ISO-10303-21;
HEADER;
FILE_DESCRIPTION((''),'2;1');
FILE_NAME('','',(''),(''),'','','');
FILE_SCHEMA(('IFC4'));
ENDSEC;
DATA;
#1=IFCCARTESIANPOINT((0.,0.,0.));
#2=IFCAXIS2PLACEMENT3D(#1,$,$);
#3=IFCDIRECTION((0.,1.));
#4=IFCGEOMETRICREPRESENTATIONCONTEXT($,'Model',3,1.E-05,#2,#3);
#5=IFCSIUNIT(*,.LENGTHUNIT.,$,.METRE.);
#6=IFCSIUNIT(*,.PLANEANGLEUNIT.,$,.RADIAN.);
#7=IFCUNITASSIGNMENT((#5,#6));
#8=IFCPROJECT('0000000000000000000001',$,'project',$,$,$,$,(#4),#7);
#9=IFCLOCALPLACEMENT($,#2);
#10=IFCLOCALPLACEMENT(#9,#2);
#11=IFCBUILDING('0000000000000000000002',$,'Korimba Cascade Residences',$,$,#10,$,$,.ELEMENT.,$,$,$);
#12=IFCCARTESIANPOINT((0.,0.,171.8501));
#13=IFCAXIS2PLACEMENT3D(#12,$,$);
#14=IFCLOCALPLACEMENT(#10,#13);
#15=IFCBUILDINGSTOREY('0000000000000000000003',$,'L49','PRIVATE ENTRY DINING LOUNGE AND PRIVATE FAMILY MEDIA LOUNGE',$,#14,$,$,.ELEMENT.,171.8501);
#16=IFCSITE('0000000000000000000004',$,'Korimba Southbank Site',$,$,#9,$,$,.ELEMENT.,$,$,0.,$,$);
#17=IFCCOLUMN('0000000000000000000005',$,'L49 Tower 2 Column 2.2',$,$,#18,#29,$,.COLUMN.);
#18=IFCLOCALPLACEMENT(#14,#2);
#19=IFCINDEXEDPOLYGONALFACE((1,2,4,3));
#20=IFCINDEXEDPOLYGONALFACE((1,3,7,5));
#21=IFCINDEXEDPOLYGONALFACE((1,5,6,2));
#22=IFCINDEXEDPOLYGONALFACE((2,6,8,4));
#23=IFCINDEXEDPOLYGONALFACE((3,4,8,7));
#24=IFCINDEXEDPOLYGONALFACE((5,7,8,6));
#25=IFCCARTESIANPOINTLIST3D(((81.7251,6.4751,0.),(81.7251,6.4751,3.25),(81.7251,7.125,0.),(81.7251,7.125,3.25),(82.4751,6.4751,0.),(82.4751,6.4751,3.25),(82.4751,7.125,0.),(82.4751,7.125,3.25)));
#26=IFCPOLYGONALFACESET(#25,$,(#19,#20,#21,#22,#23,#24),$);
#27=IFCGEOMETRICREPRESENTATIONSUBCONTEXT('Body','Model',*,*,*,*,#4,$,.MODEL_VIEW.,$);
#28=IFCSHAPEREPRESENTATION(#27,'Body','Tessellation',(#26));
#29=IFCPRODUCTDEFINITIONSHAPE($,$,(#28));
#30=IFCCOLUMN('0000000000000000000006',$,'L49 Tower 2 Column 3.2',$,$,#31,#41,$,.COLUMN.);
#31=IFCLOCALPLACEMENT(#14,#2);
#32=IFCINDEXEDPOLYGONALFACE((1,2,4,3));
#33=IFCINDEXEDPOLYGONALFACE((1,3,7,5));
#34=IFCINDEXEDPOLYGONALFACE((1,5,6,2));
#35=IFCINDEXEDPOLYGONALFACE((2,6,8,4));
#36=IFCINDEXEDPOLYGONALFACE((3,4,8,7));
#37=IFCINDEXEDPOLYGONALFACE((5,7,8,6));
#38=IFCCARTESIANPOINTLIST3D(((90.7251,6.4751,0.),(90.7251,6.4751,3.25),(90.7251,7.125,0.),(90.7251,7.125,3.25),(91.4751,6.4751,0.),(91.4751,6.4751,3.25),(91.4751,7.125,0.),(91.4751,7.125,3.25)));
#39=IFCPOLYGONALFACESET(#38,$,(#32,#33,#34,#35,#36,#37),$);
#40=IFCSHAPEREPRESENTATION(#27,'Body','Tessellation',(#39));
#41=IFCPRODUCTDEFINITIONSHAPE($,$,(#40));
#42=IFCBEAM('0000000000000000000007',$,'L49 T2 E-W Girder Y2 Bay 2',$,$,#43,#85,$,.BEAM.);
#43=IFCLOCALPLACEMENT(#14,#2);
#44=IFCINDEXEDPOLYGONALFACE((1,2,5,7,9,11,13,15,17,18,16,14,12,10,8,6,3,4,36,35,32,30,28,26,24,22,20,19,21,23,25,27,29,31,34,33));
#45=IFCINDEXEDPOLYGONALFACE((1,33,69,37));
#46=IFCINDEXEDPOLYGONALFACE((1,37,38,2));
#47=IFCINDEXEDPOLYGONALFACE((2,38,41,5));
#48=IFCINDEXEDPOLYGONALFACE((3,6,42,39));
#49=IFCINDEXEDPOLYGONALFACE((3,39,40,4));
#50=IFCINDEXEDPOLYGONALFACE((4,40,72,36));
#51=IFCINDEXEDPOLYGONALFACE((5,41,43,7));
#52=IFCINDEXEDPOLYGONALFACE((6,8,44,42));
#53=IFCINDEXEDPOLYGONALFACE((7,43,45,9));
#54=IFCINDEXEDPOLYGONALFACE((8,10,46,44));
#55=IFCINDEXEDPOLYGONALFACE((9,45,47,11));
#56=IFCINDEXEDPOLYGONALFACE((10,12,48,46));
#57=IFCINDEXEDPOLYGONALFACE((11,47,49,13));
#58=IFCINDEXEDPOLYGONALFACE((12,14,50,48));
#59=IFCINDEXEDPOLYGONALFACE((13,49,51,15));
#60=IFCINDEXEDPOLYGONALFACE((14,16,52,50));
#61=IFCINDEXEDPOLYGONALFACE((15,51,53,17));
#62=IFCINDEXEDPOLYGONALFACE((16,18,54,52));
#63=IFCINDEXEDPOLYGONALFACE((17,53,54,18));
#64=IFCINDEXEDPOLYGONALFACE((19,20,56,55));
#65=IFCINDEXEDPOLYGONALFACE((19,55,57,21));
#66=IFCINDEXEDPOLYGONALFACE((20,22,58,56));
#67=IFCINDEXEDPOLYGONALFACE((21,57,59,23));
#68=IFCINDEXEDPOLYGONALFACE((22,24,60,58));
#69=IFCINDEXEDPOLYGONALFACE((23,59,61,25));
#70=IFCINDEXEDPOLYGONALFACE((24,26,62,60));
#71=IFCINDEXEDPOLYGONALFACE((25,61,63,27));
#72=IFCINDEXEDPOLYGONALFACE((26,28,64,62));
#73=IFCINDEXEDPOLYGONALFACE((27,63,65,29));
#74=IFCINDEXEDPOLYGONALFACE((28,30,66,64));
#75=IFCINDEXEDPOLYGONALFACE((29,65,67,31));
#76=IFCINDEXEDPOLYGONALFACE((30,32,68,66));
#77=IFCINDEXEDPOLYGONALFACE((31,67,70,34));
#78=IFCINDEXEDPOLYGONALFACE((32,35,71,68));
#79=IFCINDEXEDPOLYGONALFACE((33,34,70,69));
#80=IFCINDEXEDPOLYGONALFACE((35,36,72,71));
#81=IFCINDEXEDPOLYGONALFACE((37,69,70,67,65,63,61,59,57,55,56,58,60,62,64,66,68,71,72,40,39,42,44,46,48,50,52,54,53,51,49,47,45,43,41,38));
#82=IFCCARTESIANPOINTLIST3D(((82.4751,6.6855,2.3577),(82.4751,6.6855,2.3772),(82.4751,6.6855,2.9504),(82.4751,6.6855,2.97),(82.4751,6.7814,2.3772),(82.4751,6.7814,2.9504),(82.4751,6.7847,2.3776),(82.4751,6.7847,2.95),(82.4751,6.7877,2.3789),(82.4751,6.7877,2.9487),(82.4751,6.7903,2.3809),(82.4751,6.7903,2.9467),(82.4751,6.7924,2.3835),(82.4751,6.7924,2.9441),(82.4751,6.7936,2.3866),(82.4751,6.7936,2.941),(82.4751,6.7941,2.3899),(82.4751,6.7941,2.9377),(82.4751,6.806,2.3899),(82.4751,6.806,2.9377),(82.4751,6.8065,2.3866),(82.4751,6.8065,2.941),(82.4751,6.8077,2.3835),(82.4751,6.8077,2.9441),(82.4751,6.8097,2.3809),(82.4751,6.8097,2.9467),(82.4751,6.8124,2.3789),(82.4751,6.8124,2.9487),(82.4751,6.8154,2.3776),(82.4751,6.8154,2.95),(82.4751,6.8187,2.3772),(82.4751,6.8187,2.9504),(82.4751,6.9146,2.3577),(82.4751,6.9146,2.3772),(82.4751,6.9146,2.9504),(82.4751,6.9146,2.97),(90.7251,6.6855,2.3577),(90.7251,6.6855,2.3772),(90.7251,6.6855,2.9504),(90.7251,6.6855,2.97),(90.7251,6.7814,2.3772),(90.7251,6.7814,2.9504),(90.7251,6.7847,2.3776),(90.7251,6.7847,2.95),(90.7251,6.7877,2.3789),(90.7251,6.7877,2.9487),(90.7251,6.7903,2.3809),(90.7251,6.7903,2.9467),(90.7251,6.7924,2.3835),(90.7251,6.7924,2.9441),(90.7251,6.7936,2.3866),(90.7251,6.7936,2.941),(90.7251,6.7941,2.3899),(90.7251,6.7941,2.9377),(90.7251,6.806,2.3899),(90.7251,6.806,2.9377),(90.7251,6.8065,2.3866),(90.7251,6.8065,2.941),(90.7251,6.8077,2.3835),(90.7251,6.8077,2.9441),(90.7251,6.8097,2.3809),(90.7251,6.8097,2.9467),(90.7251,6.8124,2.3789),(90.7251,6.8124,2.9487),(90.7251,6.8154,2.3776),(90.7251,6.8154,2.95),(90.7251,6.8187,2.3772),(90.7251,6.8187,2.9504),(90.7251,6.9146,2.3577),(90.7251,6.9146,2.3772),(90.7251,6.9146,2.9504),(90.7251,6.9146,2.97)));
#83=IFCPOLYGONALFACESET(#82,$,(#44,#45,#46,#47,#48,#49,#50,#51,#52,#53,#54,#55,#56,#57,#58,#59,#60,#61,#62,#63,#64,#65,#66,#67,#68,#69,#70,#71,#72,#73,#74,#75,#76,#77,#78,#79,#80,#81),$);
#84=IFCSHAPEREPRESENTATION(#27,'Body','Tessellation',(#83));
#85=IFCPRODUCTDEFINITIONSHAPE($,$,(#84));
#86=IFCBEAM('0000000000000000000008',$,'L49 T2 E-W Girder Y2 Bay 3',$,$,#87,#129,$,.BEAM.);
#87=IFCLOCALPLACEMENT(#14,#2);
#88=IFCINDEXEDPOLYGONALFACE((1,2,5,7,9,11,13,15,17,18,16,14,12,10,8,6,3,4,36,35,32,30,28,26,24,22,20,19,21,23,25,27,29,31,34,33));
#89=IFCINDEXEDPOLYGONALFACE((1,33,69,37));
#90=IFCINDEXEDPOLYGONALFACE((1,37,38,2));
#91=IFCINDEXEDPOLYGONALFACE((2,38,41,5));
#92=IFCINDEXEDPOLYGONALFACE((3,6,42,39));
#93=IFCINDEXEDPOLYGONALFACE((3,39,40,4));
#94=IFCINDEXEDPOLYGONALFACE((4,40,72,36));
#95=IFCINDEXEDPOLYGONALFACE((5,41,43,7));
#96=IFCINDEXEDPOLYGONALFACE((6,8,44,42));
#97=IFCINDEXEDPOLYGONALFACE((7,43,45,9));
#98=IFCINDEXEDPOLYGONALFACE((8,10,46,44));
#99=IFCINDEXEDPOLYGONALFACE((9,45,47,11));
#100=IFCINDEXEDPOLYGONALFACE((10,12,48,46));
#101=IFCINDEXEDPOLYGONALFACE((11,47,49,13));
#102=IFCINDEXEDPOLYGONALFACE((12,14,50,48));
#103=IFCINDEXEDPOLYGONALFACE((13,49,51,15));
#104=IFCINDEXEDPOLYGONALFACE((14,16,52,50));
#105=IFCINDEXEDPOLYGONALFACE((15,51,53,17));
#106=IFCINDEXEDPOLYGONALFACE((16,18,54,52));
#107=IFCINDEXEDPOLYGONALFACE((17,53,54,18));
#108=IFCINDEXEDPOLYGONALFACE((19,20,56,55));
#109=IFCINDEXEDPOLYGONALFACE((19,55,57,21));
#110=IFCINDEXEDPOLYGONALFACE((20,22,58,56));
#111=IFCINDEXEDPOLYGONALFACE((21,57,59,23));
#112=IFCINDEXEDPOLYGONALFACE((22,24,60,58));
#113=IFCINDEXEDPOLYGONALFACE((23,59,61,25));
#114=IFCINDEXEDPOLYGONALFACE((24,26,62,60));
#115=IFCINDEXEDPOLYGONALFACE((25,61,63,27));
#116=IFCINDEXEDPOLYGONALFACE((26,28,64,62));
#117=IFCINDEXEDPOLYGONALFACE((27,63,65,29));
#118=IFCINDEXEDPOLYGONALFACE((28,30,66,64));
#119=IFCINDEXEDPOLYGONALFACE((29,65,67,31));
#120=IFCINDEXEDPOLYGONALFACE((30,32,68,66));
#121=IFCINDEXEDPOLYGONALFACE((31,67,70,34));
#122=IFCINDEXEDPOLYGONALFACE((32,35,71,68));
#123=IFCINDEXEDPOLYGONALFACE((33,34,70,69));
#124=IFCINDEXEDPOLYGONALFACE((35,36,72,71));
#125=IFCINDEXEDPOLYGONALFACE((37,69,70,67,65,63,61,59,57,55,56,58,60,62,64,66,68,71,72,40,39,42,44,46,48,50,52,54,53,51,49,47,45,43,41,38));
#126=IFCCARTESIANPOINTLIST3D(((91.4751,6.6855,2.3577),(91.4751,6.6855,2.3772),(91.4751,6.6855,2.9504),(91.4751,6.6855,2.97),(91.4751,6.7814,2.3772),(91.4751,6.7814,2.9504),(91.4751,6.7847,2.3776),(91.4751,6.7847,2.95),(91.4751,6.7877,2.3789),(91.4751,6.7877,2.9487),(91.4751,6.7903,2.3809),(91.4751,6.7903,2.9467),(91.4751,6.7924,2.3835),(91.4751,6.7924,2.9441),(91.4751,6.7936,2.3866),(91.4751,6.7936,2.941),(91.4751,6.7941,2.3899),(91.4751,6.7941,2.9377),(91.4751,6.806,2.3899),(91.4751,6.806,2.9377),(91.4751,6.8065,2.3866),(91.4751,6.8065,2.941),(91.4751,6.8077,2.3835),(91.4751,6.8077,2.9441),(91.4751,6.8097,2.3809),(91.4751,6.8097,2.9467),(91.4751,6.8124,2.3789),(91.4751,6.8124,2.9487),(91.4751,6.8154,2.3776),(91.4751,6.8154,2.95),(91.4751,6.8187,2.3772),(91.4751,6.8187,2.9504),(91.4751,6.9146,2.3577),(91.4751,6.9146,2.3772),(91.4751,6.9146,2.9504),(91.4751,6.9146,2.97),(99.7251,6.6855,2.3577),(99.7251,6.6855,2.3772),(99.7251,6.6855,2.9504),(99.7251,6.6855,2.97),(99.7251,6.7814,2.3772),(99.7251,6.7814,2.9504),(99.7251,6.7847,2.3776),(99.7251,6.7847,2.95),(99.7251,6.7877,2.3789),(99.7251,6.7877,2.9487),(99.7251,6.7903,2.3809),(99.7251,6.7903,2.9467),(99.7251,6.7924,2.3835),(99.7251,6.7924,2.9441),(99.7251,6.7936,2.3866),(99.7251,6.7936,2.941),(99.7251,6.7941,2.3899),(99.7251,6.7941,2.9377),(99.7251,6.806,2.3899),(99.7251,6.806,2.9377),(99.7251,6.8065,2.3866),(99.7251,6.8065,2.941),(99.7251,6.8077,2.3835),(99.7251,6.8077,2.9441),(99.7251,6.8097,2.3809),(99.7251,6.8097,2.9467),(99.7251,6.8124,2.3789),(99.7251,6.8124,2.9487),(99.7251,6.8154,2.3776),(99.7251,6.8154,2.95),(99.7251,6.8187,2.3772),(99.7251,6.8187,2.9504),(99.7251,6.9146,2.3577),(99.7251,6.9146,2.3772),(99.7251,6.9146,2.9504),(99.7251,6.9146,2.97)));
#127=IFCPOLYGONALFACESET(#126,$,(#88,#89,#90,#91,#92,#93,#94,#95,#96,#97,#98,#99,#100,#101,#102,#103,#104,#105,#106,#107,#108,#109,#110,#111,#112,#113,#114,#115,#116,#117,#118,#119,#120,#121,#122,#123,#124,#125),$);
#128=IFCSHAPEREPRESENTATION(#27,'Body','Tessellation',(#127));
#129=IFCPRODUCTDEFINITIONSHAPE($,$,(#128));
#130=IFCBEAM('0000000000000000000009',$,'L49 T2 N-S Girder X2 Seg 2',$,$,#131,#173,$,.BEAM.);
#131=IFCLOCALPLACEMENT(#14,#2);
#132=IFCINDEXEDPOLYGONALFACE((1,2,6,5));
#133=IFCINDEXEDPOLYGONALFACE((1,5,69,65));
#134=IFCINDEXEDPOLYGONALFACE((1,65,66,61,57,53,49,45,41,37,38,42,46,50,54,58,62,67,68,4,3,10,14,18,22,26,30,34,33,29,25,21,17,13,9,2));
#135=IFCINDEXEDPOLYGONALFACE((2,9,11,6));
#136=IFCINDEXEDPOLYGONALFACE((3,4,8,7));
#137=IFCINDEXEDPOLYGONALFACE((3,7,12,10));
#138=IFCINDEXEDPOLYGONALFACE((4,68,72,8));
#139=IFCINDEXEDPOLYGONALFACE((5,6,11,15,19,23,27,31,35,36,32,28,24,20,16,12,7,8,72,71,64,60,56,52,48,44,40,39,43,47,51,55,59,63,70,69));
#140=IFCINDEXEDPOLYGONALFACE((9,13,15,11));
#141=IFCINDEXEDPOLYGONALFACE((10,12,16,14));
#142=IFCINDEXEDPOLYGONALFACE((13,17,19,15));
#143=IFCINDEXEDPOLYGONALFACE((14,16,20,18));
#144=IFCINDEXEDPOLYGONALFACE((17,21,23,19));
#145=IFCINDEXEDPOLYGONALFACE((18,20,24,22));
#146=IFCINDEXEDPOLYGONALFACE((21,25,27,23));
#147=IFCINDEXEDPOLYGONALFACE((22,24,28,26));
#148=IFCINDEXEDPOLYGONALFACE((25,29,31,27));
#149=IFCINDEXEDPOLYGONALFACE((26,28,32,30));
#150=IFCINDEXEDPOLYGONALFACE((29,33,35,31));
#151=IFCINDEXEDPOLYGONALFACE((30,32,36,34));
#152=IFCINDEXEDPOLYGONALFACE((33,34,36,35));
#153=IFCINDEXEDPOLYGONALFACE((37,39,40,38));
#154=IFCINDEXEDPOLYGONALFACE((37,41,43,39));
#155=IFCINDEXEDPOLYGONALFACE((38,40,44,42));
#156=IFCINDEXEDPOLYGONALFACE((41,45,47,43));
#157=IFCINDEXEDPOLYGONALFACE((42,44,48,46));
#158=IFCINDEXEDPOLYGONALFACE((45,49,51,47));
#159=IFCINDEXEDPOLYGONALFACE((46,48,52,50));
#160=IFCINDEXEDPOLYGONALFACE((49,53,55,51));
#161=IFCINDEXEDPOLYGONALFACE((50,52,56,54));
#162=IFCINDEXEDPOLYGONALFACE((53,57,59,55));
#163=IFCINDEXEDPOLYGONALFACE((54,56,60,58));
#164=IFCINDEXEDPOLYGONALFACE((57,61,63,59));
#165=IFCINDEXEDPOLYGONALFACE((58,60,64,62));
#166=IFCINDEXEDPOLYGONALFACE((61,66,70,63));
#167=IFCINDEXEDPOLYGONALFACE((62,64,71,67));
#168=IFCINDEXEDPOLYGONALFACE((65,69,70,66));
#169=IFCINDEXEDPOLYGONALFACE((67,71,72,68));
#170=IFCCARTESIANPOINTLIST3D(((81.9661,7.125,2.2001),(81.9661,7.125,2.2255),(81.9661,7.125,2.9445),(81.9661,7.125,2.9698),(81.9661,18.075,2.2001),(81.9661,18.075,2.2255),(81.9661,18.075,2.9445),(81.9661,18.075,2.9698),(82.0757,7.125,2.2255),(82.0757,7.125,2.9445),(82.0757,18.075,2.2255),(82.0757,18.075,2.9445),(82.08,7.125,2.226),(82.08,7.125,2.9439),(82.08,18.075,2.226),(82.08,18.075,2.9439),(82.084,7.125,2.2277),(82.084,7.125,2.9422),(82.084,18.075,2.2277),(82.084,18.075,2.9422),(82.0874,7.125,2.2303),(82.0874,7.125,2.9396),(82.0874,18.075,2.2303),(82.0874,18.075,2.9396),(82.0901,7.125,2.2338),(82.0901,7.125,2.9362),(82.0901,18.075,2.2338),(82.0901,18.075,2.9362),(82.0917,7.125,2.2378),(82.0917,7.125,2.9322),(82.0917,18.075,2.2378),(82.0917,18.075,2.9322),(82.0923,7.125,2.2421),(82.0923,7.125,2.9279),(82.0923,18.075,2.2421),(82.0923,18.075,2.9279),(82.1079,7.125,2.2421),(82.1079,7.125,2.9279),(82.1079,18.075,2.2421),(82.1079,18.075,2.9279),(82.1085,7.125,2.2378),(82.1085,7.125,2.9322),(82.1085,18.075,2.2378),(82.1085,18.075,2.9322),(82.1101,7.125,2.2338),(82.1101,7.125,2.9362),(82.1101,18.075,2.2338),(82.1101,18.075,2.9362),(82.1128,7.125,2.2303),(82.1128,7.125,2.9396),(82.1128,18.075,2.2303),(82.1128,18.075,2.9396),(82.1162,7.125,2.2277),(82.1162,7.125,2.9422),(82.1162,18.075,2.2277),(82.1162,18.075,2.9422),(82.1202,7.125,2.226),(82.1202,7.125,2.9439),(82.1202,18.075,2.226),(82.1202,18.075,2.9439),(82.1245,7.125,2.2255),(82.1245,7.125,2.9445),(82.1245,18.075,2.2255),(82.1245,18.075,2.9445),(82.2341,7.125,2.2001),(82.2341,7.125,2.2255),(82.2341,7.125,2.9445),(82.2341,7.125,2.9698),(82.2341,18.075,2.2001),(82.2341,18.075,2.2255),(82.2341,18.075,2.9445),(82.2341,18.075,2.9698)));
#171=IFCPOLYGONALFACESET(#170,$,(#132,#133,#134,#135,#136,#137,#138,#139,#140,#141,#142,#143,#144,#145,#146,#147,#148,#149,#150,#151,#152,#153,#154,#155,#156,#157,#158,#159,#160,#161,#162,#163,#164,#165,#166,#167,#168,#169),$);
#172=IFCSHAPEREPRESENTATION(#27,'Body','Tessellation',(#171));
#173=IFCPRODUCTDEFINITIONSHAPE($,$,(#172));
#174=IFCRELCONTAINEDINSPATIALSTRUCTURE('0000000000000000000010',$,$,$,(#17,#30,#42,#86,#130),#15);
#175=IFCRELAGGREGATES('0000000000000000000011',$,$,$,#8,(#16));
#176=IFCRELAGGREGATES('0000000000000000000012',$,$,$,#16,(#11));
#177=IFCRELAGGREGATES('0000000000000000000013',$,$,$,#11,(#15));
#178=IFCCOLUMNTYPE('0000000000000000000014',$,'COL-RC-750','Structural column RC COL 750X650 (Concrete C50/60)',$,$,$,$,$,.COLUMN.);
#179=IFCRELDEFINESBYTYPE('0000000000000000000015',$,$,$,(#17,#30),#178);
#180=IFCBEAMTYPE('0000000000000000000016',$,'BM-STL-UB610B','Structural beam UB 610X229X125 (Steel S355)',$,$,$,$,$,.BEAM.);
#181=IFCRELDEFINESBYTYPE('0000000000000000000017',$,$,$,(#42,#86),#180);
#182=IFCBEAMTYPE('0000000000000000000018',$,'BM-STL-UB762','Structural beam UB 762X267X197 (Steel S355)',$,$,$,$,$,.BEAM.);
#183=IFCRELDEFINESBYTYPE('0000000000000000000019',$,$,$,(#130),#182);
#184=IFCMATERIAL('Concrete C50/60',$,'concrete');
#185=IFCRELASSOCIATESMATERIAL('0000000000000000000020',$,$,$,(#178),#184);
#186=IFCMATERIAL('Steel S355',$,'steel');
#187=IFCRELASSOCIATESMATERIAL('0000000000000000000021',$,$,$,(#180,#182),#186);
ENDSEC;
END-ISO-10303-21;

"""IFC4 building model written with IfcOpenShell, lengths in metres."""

from ifc_helpers import new_model, si_unit, direction, frame, origin, origin_2d, place, context, subcontext, project, spatial, rectangle, i_section, extrude, material, material_profile, profile_set, type_object, element, save


model = new_model("IFC4")

# Units and contexts
model_context = context("Model", 3, precision=1e-05, world=origin(), true_north=direction((0.0, 1.0)))
body_context = subcontext(model_context, "Body", "Model", "MODEL_VIEW")
ifc_project = project(units=[si_unit("LENGTHUNIT", "METRE"), si_unit("PLANEANGLEUNIT", "RADIAN")], contexts=[model_context])

# Site, building, storey
site_placement = place(None, origin())
site = spatial("IfcSite", under=ifc_project, at=site_placement, Name="Korimba Southbank Site", CompositionType="ELEMENT", RefElevation=0.0)
building_placement = place(site_placement, origin())
building = spatial("IfcBuilding", under=site, at=building_placement, Name="Korimba Cascade Residences", CompositionType="ELEMENT")
storey_placement = place(building_placement, frame((0.0, 0.0, 171.8501)))
storey = spatial("IfcBuildingStorey", under=building, at=storey_placement, Name="L49", Description="PRIVATE ENTRY DINING LOUNGE AND PRIVATE FAMILY MEDIA LOUNGE", CompositionType="ELEMENT", Elevation=171.8501)

# Columns
ifc_material_1 = material(Name="Concrete C50/60", Category="concrete")
ifc_material_profile_1 = material_profile(ifc_material_1, rectangle(XDim=0.75, YDim=0.6499, at=origin_2d()), Name="Concrete C50/60")
ifc_profile_set_1 = profile_set([ifc_material_profile_1], Name="Concrete C50/60")
column_type = type_object("IfcColumnType", Name="COL-RC-750", Description="Structural column RC COL 750X650 (Concrete C50/60)", PredefinedType="COLUMN", material=ifc_profile_set_1)
for number, where, z_axis, x_axis, name in (
    (1, (82.1001, 6.8, 0.0), (0.0, 0.0, 1.0), (1.0, 0.0, 0.0), "L49 Tower 2 Column 2.2"),
    (2, (91.1001, 6.8, 0.0), (0.0, 0.0, 1.0), (1.0, 0.0, 0.0), "L49 Tower 2 Column 3.2"),
):
    element("IfcColumn", number, at=place(storey_placement, frame(where, z_axis=z_axis, x_axis=x_axis)), inside=storey, type_object=column_type, Name=name, PredefinedType="COLUMN", context=body_context, shape_type="SweptSolid", body=[
        extrude(rectangle(XDim=0.75, YDim=0.6499, at=origin_2d()), origin(), (0.0, 0.0, 1.0), 3.25),
    ])

# Beams
ifc_material_2 = material(Name="Steel S355", Category="steel")
ifc_material_profile_2 = material_profile(ifc_material_2, i_section(OverallWidth=0.229, OverallDepth=0.6123, WebThickness=0.012, FlangeThickness=0.0195, FilletRadius=0.0127, at=origin_2d()), Name="Steel S355")
ifc_profile_set_2 = profile_set([ifc_material_profile_2], Name="Steel S355")
beam_type_1 = type_object("IfcBeamType", Name="BM-STL-UB610B", Description="Structural beam UB 610X229X125 (Steel S355)", PredefinedType="BEAM", material=ifc_profile_set_2)
for number, where, z_axis, x_axis, name in (
    (3, (82.4751, 6.8, 2.6638), (1.0, 0.0, 0.0), (0.0, 1.0, 0.0), "L49 T2 E-W Girder Y2 Bay 2"),
    (4, (91.4751, 6.8, 2.6638), (1.0, 0.0, 0.0), (0.0, 1.0, 0.0), "L49 T2 E-W Girder Y2 Bay 3"),
):
    element("IfcBeam", number, at=place(storey_placement, frame(where, z_axis=z_axis, x_axis=x_axis)), inside=storey, type_object=beam_type_1, Name=name, PredefinedType="BEAM", context=body_context, shape_type="SweptSolid", body=[
        extrude(i_section(OverallWidth=0.229, OverallDepth=0.6123, WebThickness=0.012, FlangeThickness=0.0195, FilletRadius=0.0127, at=origin_2d()), origin(), (0.0, 0.0, 1.0), 8.25),
    ])
ifc_material_profile_3 = material_profile(ifc_material_2, i_section(OverallWidth=0.2681, OverallDepth=0.7698, WebThickness=0.0156, FlangeThickness=0.0254, FilletRadius=0.0166, at=origin_2d()), Name="Steel S355")
ifc_profile_set_3 = profile_set([ifc_material_profile_3], Name="Steel S355")
beam_type_2 = type_object("IfcBeamType", Name="BM-STL-UB762", Description="Structural beam UB 762X267X197 (Steel S355)", PredefinedType="BEAM", material=ifc_profile_set_3)
for number, where, z_axis, x_axis, name in (
    (5, (82.1001, 7.125, 2.585), (0.0, 1.0, 0.0), (-1.0, 0.0, 0.0), "L49 T2 N-S Girder X2 Seg 2"),
):
    element("IfcBeam", number, at=place(storey_placement, frame(where, z_axis=z_axis, x_axis=x_axis)), inside=storey, type_object=beam_type_2, Name=name, PredefinedType="BEAM", context=body_context, shape_type="SweptSolid", body=[
        extrude(i_section(OverallWidth=0.2681, OverallDepth=0.7698, WebThickness=0.0156, FlangeThickness=0.0254, FilletRadius=0.0166, at=origin_2d()), origin(), (0.0, 0.0, 1.0), 10.95),
    ])

save(model, "model.ifc")
